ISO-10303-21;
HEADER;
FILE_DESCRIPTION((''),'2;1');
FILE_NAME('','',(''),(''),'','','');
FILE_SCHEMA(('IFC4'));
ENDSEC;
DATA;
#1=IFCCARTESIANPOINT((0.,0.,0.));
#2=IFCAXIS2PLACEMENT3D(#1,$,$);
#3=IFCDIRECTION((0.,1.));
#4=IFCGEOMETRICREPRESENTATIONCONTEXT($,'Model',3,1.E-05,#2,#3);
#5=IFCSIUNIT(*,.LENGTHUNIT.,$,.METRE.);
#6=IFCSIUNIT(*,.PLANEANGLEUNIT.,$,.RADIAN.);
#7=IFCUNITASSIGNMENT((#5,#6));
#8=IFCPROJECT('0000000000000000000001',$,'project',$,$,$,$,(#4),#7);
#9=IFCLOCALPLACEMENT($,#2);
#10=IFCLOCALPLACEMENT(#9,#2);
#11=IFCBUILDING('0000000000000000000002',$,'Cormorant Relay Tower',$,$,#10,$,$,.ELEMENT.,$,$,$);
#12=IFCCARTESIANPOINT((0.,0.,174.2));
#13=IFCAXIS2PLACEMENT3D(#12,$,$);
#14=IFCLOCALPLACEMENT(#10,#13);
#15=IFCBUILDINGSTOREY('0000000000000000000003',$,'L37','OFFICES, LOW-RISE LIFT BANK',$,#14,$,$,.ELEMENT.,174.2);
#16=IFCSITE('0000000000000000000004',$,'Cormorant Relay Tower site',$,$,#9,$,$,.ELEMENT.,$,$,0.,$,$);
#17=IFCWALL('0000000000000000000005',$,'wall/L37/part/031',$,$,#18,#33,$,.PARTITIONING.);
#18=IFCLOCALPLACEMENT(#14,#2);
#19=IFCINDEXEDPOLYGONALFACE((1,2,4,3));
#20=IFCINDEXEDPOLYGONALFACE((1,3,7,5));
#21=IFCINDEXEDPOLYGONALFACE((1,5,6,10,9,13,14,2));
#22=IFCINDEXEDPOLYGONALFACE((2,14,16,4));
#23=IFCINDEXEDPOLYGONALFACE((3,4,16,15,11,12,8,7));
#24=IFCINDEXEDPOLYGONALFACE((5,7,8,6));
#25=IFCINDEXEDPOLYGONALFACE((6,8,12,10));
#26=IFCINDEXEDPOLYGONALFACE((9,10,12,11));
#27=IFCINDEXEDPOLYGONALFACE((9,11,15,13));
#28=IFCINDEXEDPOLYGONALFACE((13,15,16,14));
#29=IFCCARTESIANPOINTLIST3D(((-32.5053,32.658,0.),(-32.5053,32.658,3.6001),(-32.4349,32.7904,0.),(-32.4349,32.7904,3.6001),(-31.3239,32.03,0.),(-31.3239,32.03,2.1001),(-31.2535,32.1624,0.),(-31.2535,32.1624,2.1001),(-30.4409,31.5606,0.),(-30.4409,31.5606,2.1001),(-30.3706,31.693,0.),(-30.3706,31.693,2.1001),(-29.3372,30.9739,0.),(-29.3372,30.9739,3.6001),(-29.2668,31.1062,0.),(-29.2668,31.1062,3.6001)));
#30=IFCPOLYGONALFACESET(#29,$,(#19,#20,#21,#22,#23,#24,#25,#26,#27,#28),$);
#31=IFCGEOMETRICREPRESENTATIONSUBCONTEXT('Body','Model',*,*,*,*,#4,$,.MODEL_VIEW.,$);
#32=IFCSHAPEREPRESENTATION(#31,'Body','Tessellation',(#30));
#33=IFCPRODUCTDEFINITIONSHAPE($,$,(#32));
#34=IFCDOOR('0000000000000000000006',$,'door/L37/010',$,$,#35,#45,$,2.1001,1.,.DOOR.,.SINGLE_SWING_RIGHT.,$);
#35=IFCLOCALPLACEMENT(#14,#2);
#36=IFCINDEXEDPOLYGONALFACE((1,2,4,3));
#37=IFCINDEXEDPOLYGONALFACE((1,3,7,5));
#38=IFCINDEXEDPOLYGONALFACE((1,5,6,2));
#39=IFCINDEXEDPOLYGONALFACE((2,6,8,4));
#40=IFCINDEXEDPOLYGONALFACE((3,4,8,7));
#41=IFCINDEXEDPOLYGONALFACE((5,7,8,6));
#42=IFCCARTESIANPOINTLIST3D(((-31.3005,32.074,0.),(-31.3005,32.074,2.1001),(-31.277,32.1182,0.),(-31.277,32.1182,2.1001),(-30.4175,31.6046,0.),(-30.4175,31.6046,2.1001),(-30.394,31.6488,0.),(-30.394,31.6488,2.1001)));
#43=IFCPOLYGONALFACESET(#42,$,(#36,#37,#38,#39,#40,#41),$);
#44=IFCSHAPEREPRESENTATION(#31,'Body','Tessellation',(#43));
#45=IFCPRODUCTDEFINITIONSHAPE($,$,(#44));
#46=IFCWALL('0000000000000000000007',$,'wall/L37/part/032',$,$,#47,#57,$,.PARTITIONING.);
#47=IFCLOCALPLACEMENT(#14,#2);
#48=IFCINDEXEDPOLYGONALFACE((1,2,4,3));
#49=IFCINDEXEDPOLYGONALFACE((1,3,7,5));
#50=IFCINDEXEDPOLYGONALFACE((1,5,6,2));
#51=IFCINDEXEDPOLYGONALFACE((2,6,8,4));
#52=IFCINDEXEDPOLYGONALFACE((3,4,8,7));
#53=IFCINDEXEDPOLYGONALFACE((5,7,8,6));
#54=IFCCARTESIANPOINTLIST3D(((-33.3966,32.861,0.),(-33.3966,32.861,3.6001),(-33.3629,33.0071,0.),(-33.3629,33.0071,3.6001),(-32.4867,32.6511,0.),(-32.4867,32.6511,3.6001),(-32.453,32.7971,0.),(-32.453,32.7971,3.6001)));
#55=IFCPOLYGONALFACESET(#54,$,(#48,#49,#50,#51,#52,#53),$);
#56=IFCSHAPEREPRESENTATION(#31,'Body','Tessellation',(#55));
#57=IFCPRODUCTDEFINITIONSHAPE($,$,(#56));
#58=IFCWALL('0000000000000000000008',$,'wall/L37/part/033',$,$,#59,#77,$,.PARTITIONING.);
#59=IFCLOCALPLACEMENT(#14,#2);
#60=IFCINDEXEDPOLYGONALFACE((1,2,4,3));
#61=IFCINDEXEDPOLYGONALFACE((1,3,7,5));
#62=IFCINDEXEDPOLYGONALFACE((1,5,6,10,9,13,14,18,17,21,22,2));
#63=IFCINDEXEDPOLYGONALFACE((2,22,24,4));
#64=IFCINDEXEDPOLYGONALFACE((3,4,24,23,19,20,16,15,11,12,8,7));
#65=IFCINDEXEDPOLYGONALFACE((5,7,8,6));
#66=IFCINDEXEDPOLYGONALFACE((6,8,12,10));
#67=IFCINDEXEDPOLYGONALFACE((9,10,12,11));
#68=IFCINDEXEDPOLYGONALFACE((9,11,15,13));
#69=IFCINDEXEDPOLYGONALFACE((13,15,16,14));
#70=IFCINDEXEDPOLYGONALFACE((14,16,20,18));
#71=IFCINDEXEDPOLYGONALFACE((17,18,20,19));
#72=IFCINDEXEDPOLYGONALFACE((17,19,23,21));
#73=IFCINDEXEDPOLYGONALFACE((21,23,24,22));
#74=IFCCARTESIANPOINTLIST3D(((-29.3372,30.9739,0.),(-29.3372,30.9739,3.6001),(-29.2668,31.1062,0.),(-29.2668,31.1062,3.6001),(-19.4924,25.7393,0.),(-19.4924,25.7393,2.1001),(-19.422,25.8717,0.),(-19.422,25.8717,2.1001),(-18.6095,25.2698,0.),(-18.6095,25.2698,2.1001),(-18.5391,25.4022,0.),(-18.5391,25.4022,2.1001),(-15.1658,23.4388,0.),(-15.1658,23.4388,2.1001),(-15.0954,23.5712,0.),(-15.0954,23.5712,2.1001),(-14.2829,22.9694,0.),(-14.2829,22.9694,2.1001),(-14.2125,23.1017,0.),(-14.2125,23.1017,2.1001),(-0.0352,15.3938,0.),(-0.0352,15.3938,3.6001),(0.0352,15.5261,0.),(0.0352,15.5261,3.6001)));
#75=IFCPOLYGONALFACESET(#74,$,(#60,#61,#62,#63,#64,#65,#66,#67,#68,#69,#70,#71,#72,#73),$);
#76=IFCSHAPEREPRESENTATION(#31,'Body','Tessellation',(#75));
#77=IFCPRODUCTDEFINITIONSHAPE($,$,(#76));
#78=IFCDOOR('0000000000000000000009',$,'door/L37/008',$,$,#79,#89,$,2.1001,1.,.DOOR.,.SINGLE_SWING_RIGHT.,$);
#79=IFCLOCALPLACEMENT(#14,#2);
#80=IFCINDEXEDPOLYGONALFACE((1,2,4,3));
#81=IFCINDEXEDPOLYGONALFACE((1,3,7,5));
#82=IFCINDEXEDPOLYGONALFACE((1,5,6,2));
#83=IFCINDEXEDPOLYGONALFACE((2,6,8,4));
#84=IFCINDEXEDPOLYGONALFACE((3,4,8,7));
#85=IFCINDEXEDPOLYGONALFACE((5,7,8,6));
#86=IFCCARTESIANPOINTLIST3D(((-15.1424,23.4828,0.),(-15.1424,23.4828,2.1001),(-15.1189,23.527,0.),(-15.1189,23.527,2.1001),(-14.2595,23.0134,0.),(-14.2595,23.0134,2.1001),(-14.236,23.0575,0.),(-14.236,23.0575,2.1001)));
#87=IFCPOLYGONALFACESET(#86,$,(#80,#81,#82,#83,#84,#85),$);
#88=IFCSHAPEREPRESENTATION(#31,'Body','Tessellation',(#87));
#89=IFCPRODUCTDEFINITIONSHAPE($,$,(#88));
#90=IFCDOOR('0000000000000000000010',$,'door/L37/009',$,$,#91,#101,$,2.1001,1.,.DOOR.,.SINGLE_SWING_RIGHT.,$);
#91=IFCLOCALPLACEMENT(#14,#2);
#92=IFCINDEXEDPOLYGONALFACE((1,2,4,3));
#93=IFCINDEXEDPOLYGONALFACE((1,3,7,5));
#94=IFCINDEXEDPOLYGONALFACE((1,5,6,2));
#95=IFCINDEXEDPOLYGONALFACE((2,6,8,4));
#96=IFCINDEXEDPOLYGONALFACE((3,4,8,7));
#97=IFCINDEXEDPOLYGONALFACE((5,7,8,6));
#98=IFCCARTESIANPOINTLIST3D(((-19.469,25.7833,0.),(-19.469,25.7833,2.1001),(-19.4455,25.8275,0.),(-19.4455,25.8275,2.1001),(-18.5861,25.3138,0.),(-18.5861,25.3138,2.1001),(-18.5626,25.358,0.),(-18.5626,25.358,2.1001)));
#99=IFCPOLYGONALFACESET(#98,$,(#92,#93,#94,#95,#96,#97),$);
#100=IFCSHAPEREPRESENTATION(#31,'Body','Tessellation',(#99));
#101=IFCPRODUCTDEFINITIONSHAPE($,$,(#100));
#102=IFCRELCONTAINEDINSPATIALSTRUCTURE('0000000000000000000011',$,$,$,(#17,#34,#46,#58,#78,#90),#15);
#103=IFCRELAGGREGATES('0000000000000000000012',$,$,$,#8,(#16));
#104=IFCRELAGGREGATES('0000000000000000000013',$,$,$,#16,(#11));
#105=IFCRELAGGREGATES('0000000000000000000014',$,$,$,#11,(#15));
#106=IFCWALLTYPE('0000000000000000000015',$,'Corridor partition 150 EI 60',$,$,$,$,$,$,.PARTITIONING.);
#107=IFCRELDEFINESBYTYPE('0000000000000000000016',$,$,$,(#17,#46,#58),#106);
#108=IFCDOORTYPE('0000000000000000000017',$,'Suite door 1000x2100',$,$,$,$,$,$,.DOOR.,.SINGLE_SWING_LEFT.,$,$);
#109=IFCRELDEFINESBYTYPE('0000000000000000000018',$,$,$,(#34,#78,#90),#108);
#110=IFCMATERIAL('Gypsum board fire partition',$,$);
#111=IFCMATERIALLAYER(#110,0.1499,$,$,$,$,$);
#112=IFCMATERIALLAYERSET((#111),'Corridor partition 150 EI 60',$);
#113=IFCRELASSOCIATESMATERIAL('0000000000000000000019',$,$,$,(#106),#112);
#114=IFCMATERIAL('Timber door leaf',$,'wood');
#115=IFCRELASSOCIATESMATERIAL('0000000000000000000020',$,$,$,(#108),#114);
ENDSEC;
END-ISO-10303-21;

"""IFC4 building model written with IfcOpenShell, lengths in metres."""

from ifc_helpers import new_model, si_unit, direction, frame, frame_2d, origin, place, context, subcontext, project, spatial, rectangle, extrude, material, layer, layer_set, type_object, element, fill, save


model = new_model("IFC4")

# Units and contexts
model_context = context("Model", 3, precision=1e-05, world=origin(), true_north=direction((0.0, 1.0)))
body_context = subcontext(model_context, "Body", "Model", "MODEL_VIEW")
ifc_project = project(units=[si_unit("LENGTHUNIT", "METRE"), si_unit("PLANEANGLEUNIT", "RADIAN")], contexts=[model_context])

# Site, building, storey
site_placement = place(None, origin())
site = spatial("IfcSite", under=ifc_project, at=site_placement, Name="Cormorant Relay Tower site", CompositionType="ELEMENT", RefElevation=0.0)
building_placement = place(site_placement, origin())
building = spatial("IfcBuilding", under=site, at=building_placement, Name="Cormorant Relay Tower", CompositionType="ELEMENT")
storey_placement = place(building_placement, frame((0.0, 0.0, 174.2)))
storey = spatial("IfcBuildingStorey", under=building, at=storey_placement, Name="L37", Description="OFFICES, LOW-RISE LIFT BANK", CompositionType="ELEMENT", Elevation=174.2)

# Shared definitions
ifc_material_1 = material(Name="Gypsum board fire partition")
ifc_layer_1 = layer(ifc_material_1, 0.1499)
ifc_layer_set_1 = layer_set([ifc_layer_1], Name="Corridor partition 150 EI 60")
wall_type_1 = type_object("IfcWallType", Name="Corridor partition 150 EI 60", PredefinedType="PARTITIONING", material=ifc_layer_set_1)

# Wall, opening, door
wall_1_placement = place(storey_placement, frame((-29.302, 31.04, 0.0), z_axis=(0.0, 0.0, 1.0), x_axis=(-0.882989, 0.469394, 0.0)))
wall_1 = element("IfcWall", 1, at=wall_1_placement, inside=storey, type_object=wall_type_1, Name="wall/L37/part/031", PredefinedType="PARTITIONING", context=body_context, shape_type="SweptSolid", body=[
    extrude(rectangle(XDim=3.5879, YDim=0.1499, at=frame_2d((1.7939, 0.0))), origin(), (0.0, 0.0, 1.0), 3.6001),
])
opening_1_placement = place(wall_1_placement, frame((1.25, 0.0, 0.0)))
opening_1 = element("IfcOpeningElement", 2, at=opening_1_placement, cuts=wall_1, PredefinedType="OPENING", context=body_context, shape_type="SweptSolid", body=[
    extrude(rectangle(XDim=1.0, YDim=2.1001, at=frame_2d((0.5, 1.05))), frame((0.0, 0.085, 0.0), z_axis=(0.0, -1.0, 0.0), x_axis=(1.0, 0.0, 0.0)), (0.0, 0.0, 1.0), 0.1699),
])
ifc_material_2 = material(Name="Timber door leaf", Category="wood")
door_type_1 = type_object("IfcDoorType", Name="Suite door 1000x2100", OperationType="SINGLE_SWING_LEFT", PredefinedType="DOOR", material=ifc_material_2)
door_1_placement = place(opening_1_placement, frame((1.0, 0.0, 0.0), z_axis=(0.0, 0.0, 1.0), x_axis=(-1.0, 0.0, 0.0)))
door_1 = element("IfcDoor", 3, at=door_1_placement, inside=storey, type_object=door_type_1, Name="door/L37/010", OperationType="SINGLE_SWING_RIGHT", OverallHeight=2.1001, OverallWidth=1.0, PredefinedType="DOOR", context=body_context, shape_type="SweptSolid", body=[
    extrude(rectangle(XDim=1.0, YDim=2.1001, at=frame_2d((0.5, 1.05))), frame((0.0, 0.0249, 0.0), z_axis=(0.0, -1.0, 0.0), x_axis=(1.0, 0.0, 0.0)), (0.0, 0.0, 1.0), 0.05),
])
fill(opening_1, door_1)

# Wall
wall_2_placement = place(storey_placement, frame((-32.47, 32.7241, 0.0), z_axis=(0.0, 0.0, 1.0), x_axis=(-0.974396, 0.22484, 0.0)))
element("IfcWall", 4, at=wall_2_placement, inside=storey, type_object=wall_type_1, Name="wall/L37/part/032", PredefinedType="PARTITIONING", context=body_context, shape_type="SweptSolid", body=[
    extrude(rectangle(XDim=0.9338, YDim=0.1499, at=frame_2d((0.4668, 0.0))), origin(), (0.0, 0.0, 1.0), 3.6001),
])

# Wall, openings, doors
wall_3_placement = place(storey_placement, frame((-29.302, 31.04, 0.0), z_axis=(0.0, 0.0, 1.0), x_axis=(0.882949, -0.46947, 0.0)))
wall_3 = element("IfcWall", 5, at=wall_3_placement, inside=storey, type_object=wall_type_1, Name="wall/L37/part/033", PredefinedType="PARTITIONING", context=body_context, shape_type="SweptSolid", body=[
    extrude(rectangle(XDim=33.1865, YDim=0.1499, at=frame_2d((16.5933, 0.0))), origin(), (0.0, 0.0, 1.0), 3.6001),
])
opening_2_placement = place(wall_3_placement, frame((16.05, 0.0, 0.0)))
opening_2 = element("IfcOpeningElement", 6, at=opening_2_placement, cuts=wall_3, PredefinedType="OPENING", context=body_context, shape_type="SweptSolid", body=[
    extrude(rectangle(XDim=1.0, YDim=2.1001, at=frame_2d((0.5, 1.05))), frame((0.0, 0.085, 0.0), z_axis=(0.0, -1.0, 0.0), x_axis=(1.0, 0.0, 0.0)), (0.0, 0.0, 1.0), 0.1699),
])
opening_3_placement = place(wall_3_placement, frame((11.1499, 0.0, 0.0)))
opening_3 = element("IfcOpeningElement", 7, at=opening_3_placement, cuts=wall_3, PredefinedType="OPENING", context=body_context, shape_type="SweptSolid", body=[
    extrude(rectangle(XDim=1.0, YDim=2.1001, at=frame_2d((0.5, 1.05))), frame((0.0, 0.085, 0.0), z_axis=(0.0, -1.0, 0.0), x_axis=(1.0, 0.0, 0.0)), (0.0, 0.0, 1.0), 0.1699),
])
door_2_placement = place(opening_2_placement, origin())
door_2 = element("IfcDoor", 8, at=door_2_placement, inside=storey, type_object=door_type_1, Name="door/L37/008", OperationType="SINGLE_SWING_RIGHT", OverallHeight=2.1001, OverallWidth=1.0, PredefinedType="DOOR", context=body_context, shape_type="SweptSolid", body=[
    extrude(rectangle(XDim=1.0, YDim=2.1001, at=frame_2d((0.5, 1.05))), frame((0.0, 0.0249, 0.0), z_axis=(0.0, -1.0, 0.0), x_axis=(1.0, 0.0, 0.0)), (0.0, 0.0, 1.0), 0.05),
])
fill(opening_2, door_2)
door_3_placement = place(opening_3_placement, origin())
door_3 = element("IfcDoor", 9, at=door_3_placement, inside=storey, type_object=door_type_1, Name="door/L37/009", OperationType="SINGLE_SWING_RIGHT", OverallHeight=2.1001, OverallWidth=1.0, PredefinedType="DOOR", context=body_context, shape_type="SweptSolid", body=[
    extrude(rectangle(XDim=1.0, YDim=2.1001, at=frame_2d((0.5, 1.05))), frame((0.0, 0.0249, 0.0), z_axis=(0.0, -1.0, 0.0), x_axis=(1.0, 0.0, 0.0)), (0.0, 0.0, 1.0), 0.05),
])
fill(opening_3, door_3)

save(model, "model.ifc")
